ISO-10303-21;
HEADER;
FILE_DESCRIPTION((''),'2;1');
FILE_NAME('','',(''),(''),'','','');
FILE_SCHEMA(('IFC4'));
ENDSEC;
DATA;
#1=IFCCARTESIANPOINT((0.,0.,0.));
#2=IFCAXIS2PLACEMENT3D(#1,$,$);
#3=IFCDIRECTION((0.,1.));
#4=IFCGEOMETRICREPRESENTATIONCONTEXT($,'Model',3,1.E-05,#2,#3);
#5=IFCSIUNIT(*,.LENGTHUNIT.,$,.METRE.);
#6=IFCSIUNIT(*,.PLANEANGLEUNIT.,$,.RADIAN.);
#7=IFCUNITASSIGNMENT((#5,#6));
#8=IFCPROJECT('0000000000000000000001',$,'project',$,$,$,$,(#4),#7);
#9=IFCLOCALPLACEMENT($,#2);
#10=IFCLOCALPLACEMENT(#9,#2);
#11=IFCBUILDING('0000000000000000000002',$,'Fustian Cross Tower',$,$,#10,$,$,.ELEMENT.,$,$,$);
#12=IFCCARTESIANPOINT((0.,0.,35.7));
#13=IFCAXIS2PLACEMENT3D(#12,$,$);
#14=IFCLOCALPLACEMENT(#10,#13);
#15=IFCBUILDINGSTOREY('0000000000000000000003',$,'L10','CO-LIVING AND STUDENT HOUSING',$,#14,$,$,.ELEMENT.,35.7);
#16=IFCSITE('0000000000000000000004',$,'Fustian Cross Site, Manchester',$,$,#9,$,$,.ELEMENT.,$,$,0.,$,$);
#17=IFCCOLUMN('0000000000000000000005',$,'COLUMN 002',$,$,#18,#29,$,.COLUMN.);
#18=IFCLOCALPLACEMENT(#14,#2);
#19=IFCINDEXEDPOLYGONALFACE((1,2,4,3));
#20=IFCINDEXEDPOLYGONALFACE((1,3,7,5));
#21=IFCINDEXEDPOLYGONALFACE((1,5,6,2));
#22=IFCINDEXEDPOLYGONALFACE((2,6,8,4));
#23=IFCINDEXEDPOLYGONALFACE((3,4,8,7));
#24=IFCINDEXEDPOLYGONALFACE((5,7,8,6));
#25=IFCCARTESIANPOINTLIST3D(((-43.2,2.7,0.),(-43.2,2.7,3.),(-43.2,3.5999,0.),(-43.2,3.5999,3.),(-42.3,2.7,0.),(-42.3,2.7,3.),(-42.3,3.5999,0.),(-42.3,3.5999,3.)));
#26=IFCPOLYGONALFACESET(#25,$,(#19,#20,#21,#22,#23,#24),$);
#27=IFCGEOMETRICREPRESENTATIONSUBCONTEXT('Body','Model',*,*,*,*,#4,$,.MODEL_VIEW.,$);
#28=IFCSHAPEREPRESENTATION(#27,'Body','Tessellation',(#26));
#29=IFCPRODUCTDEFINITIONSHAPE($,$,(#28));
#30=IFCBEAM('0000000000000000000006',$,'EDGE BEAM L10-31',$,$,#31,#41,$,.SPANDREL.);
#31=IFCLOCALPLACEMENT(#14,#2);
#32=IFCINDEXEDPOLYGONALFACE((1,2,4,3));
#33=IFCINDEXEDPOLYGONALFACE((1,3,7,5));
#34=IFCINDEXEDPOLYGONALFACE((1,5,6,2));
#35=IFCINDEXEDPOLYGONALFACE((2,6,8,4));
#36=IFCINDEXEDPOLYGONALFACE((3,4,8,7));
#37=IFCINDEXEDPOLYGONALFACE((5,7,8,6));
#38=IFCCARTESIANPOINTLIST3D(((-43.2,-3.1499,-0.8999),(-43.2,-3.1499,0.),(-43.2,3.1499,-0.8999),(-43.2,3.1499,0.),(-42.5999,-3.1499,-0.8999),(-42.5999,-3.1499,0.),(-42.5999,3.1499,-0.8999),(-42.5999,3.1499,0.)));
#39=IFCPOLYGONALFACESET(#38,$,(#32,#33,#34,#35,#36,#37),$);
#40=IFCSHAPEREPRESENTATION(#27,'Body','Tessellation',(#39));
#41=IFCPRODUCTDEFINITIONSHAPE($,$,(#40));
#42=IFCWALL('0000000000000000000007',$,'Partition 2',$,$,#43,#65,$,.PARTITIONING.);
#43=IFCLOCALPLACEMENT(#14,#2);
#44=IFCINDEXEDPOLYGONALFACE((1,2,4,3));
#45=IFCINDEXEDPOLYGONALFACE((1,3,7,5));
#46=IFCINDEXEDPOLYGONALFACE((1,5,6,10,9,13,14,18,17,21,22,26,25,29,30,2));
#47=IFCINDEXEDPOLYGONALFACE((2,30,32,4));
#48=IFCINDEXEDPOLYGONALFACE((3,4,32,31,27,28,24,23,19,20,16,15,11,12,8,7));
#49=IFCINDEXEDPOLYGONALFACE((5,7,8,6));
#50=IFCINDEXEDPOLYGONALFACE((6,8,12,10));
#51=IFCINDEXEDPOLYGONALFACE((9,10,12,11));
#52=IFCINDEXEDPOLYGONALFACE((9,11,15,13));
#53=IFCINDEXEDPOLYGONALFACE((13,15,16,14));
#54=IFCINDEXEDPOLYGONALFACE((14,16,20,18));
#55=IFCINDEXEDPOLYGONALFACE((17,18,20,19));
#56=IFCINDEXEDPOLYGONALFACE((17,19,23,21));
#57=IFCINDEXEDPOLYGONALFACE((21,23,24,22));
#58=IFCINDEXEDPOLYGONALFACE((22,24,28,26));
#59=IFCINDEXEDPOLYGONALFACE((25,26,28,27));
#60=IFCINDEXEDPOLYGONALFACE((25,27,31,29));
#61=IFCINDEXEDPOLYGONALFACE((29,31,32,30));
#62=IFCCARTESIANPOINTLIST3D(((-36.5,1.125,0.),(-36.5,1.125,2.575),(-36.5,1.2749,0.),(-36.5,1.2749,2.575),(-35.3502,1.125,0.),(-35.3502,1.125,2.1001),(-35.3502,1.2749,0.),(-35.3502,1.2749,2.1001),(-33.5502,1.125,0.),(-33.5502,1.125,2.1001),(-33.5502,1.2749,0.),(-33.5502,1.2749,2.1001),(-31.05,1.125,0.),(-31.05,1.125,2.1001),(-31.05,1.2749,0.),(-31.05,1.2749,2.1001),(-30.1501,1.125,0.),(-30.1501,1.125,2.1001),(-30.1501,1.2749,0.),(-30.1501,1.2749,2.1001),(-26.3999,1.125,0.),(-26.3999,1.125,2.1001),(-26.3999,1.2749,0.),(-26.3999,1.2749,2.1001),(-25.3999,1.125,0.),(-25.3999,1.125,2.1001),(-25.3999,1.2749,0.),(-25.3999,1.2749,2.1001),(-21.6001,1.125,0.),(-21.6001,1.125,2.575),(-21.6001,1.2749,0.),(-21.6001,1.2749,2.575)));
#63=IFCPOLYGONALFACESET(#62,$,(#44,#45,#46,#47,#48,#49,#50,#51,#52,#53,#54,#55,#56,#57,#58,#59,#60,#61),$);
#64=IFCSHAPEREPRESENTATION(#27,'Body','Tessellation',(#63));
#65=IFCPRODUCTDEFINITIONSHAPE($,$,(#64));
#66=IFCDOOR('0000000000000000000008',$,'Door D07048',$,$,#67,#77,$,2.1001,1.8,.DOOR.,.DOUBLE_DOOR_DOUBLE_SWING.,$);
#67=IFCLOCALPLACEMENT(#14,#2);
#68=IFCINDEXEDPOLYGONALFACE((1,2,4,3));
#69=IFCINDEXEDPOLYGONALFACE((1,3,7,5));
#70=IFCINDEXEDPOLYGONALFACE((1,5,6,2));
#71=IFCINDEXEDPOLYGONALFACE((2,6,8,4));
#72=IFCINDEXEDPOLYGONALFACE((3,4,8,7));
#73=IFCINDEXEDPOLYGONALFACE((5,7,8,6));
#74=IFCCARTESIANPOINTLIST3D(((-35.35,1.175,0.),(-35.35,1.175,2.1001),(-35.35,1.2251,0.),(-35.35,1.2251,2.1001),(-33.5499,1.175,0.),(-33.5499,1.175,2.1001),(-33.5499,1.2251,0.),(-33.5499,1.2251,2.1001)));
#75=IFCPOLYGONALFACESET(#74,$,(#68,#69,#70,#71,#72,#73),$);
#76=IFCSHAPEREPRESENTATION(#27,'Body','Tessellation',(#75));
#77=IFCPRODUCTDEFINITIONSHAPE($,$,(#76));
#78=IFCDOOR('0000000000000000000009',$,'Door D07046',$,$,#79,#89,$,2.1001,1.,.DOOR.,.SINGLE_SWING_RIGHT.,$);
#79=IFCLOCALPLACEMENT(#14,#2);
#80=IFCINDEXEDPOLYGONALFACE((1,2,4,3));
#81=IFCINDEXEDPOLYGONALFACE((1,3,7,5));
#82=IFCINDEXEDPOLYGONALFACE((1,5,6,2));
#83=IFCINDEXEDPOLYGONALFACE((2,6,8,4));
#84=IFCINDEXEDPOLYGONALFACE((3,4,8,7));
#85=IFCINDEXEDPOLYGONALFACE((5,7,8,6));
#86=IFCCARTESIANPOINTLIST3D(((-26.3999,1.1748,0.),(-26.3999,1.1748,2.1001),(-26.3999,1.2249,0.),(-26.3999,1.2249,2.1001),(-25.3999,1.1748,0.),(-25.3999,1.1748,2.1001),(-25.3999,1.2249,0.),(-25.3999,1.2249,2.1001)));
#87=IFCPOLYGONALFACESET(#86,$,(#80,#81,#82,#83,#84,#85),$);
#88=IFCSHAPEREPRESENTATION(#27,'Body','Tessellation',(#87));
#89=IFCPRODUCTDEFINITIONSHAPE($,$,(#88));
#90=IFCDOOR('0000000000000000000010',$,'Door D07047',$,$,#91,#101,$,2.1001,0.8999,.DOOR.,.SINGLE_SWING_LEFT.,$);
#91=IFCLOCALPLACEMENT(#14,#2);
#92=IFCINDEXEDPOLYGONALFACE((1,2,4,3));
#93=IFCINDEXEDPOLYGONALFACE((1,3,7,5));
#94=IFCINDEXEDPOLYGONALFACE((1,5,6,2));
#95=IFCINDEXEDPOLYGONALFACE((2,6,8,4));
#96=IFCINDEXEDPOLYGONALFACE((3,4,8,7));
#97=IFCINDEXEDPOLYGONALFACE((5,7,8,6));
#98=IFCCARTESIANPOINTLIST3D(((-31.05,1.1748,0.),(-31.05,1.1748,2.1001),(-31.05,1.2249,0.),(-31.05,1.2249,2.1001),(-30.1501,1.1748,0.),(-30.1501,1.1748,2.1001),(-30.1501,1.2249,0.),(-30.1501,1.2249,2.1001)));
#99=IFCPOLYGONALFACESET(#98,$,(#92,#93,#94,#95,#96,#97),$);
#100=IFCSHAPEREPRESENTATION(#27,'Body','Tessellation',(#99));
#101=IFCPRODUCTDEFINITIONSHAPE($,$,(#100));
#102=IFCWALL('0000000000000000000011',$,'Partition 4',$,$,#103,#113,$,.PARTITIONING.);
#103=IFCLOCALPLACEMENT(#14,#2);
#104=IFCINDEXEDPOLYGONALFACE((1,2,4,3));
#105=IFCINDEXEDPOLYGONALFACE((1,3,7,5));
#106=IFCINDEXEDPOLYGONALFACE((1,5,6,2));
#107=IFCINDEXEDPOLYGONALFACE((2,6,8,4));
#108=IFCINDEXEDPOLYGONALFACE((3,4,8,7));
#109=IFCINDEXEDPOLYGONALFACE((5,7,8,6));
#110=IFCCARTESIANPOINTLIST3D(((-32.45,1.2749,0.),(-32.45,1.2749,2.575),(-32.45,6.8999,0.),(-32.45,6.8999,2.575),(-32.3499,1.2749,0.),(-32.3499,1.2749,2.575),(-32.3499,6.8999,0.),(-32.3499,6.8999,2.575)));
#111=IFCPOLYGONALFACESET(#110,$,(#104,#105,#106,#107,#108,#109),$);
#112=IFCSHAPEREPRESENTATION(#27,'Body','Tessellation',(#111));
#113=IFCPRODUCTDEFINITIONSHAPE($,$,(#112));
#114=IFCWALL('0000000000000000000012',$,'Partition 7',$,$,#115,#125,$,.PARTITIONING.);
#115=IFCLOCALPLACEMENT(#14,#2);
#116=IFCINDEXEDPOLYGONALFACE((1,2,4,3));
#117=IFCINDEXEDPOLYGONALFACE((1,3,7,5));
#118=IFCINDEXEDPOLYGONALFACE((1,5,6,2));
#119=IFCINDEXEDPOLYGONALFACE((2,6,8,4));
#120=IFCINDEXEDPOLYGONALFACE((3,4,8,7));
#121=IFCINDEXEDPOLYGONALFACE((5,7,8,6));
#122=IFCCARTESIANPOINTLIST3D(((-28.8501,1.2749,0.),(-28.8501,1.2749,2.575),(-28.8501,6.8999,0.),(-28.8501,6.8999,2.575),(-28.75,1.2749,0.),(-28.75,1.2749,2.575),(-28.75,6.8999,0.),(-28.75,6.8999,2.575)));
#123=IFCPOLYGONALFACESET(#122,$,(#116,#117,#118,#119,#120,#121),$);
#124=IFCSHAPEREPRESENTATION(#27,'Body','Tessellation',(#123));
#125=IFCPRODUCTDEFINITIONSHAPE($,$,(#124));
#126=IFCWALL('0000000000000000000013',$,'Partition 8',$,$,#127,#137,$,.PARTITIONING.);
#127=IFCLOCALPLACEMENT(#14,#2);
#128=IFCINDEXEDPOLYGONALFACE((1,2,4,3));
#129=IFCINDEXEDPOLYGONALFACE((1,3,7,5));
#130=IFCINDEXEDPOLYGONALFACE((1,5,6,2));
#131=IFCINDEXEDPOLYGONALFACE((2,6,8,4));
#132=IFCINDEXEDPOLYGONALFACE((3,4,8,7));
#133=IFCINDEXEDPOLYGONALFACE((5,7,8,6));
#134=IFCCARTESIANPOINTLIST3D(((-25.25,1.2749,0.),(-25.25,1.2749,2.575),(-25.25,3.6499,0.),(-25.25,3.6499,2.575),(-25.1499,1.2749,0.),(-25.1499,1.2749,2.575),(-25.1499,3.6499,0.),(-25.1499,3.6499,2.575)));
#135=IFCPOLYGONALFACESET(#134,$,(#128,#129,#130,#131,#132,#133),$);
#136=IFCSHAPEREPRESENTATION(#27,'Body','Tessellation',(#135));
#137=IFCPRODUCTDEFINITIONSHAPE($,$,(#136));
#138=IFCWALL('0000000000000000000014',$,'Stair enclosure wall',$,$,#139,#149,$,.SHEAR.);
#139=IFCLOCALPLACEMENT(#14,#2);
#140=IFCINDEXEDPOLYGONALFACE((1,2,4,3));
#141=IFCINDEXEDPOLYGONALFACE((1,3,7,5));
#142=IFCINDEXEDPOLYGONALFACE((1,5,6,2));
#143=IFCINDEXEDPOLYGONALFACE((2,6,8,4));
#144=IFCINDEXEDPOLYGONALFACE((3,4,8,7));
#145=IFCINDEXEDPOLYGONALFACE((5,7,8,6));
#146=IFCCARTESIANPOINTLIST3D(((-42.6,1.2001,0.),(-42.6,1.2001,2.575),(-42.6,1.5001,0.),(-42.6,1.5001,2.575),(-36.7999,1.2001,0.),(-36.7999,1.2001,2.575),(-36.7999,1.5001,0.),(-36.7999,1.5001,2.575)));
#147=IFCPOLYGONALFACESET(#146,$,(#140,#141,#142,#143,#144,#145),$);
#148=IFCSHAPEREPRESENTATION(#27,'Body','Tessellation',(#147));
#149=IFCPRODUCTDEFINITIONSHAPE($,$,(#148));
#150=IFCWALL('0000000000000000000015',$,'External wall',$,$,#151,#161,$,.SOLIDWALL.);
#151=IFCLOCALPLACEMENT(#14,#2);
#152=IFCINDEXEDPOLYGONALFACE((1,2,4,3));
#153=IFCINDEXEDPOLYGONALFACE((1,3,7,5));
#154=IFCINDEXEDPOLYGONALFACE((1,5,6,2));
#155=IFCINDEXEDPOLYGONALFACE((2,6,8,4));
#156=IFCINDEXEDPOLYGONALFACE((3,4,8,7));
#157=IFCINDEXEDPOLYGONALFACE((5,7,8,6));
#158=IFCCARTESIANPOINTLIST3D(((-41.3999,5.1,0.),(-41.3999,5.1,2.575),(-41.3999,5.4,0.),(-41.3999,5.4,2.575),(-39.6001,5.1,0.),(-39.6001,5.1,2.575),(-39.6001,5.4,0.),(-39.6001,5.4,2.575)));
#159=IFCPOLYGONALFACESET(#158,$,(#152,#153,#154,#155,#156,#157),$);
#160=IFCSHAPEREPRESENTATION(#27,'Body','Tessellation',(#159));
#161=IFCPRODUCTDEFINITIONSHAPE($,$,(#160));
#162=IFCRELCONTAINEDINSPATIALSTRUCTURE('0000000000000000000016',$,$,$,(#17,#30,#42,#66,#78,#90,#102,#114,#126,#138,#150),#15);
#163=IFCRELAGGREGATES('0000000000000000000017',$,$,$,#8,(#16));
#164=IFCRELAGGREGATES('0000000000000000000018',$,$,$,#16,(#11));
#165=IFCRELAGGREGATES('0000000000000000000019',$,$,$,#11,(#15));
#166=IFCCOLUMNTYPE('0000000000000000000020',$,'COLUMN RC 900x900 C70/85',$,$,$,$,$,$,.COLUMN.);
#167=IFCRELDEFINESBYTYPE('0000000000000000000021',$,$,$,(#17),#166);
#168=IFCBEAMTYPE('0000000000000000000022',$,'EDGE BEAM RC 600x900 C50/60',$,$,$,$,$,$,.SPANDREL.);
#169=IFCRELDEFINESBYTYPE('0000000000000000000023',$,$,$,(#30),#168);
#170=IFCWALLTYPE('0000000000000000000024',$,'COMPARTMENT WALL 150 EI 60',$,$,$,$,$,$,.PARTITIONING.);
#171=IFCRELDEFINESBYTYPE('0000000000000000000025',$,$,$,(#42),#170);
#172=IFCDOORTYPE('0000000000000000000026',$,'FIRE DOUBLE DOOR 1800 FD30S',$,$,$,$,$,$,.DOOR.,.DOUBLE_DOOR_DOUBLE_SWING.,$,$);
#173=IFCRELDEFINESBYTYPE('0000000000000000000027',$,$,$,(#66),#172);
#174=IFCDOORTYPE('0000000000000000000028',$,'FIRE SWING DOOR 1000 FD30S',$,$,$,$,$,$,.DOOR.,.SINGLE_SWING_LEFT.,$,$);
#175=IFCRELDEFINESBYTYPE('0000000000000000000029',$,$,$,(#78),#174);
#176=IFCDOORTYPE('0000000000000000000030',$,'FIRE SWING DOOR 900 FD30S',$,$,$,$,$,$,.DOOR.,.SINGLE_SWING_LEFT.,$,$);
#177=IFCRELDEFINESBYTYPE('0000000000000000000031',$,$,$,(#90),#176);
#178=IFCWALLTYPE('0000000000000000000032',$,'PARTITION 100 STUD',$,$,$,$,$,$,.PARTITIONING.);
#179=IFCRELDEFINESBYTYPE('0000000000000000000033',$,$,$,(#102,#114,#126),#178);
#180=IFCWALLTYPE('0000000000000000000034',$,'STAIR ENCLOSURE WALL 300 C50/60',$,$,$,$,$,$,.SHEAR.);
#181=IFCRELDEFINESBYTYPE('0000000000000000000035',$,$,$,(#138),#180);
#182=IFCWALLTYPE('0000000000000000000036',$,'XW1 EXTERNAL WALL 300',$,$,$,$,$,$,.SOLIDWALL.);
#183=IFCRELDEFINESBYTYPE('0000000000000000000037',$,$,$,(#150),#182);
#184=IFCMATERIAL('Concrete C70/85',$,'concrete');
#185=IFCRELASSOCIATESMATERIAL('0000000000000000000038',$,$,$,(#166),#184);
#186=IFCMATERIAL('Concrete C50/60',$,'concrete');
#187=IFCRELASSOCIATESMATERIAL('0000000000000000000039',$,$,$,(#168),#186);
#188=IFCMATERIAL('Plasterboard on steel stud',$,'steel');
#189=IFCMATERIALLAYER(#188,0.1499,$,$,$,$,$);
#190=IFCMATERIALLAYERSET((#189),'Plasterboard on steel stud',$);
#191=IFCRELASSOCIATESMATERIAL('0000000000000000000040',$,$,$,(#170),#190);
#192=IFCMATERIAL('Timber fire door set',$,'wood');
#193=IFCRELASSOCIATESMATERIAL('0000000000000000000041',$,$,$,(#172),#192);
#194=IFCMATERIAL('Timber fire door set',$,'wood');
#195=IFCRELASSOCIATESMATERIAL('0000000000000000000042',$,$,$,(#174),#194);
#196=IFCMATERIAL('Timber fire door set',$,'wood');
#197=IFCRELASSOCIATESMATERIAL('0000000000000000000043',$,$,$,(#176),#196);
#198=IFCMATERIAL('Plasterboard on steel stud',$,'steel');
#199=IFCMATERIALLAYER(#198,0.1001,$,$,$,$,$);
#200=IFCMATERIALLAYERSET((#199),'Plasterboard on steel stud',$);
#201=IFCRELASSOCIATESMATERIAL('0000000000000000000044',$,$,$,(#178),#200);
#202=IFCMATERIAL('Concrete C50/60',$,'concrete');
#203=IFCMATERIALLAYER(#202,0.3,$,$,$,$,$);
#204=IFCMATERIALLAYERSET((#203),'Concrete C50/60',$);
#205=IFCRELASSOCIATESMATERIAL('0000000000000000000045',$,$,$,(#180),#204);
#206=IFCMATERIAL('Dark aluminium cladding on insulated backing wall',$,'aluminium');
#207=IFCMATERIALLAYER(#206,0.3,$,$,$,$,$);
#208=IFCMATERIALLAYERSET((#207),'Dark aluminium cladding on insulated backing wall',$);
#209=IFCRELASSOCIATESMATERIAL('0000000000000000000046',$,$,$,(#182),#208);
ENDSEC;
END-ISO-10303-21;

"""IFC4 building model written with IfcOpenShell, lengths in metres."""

from ifc_helpers import new_model, si_unit, direction, frame, frame_2d, origin, origin_2d, place, context, subcontext, project, spatial, rectangle, extrude, material, layer, layer_set, material_profile, profile_set, type_object, element, fill, save


model = new_model("IFC4")

# Units and contexts
model_context = context("Model", 3, precision=1e-05, world=origin(), true_north=direction((0.0, 1.0)))
body_context = subcontext(model_context, "Body", "Model", "MODEL_VIEW")
ifc_project = project(units=[si_unit("LENGTHUNIT", "METRE"), si_unit("PLANEANGLEUNIT", "RADIAN")], contexts=[model_context])

# Site, building, storey
site_placement = place(None, origin())
site = spatial("IfcSite", under=ifc_project, at=site_placement, Name="Fustian Cross Site, Manchester", CompositionType="ELEMENT", RefElevation=0.0)
building_placement = place(site_placement, origin())
building = spatial("IfcBuilding", under=site, at=building_placement, Name="Fustian Cross Tower", CompositionType="ELEMENT")
storey_placement = place(building_placement, frame((0.0, 0.0, 35.7)))
storey = spatial("IfcBuildingStorey", under=building, at=storey_placement, Name="L10", Description="CO-LIVING AND STUDENT HOUSING", CompositionType="ELEMENT", Elevation=35.7)

# Column
ifc_material_1 = material(Name="Concrete C70/85", Category="concrete")
ifc_material_profile_1 = material_profile(ifc_material_1, rectangle(XDim=0.8999, YDim=0.8999, at=origin_2d()), Name="RC 900x900")
ifc_profile_set_1 = profile_set([ifc_material_profile_1], Name="Concrete C70/85")
column_type = type_object("IfcColumnType", Name="COLUMN RC 900x900 C70/85", PredefinedType="COLUMN", material=ifc_profile_set_1)
column_placement = place(storey_placement, frame((-42.75, 3.1499, 0.0), z_axis=(0.0, 0.0, 1.0), x_axis=(1.0, 0.0, 0.0)))
element("IfcColumn", 1, at=column_placement, inside=storey, type_object=column_type, Name="COLUMN 002", PredefinedType="COLUMN", context=body_context, shape_type="SweptSolid", body=[
    extrude(rectangle(XDim=0.8999, YDim=0.8999, at=origin_2d()), origin(), (0.0, 0.0, 1.0), 3.0),
])

# Beam
ifc_material_2 = material(Name="Concrete C50/60", Category="concrete")
ifc_material_profile_2 = material_profile(ifc_material_2, rectangle(XDim=0.6001, YDim=0.8999, at=origin_2d()), Name="RC 600x900")
ifc_profile_set_2 = profile_set([ifc_material_profile_2], Name="Concrete C50/60")
beam_type = type_object("IfcBeamType", Name="EDGE BEAM RC 600x900 C50/60", PredefinedType="SPANDREL", material=ifc_profile_set_2)
beam_placement = place(storey_placement, frame((-42.8999, 3.1499, -0.45), z_axis=(0.0, -1.0, 0.0), x_axis=(1.0, 0.0, 0.0)))
element("IfcBeam", 2, at=beam_placement, inside=storey, type_object=beam_type, Name="EDGE BEAM L10-31", PredefinedType="SPANDREL", context=body_context, shape_type="SweptSolid", body=[
    extrude(rectangle(XDim=0.6001, YDim=0.8999, at=origin_2d()), origin(), (0.0, 0.0, 1.0), 6.2998),
])

# Wall, openings, doors
ifc_material_3 = material(Name="Plasterboard on steel stud", Category="steel")
ifc_layer_1 = layer(ifc_material_3, 0.1499)
ifc_layer_set_1 = layer_set([ifc_layer_1], Name="Plasterboard on steel stud")
wall_type_1 = type_object("IfcWallType", Name="COMPARTMENT WALL 150 EI 60", PredefinedType="PARTITIONING", material=ifc_layer_set_1)
wall_1_placement = place(storey_placement, frame((-36.5, 1.2, 0.0), z_axis=(0.0, 0.0, 1.0), x_axis=(1.0, 0.0, 0.0)))
wall_1 = element("IfcWall", 3, at=wall_1_placement, inside=storey, type_object=wall_type_1, Name="Partition 2", PredefinedType="PARTITIONING", context=body_context, shape_type="SweptSolid", body=[
    extrude(rectangle(XDim=14.8999, YDim=0.1499, at=frame_2d((7.45, 0.0))), origin(), (0.0, 0.0, 1.0), 2.575),
])
opening_1_placement = place(wall_1_placement, frame((10.1001, 0.0, 0.0)))
opening_1 = element("IfcOpeningElement", 4, at=opening_1_placement, cuts=wall_1, PredefinedType="OPENING", context=body_context, shape_type="SweptSolid", body=[
    extrude(rectangle(XDim=1.0, YDim=2.1001, at=frame_2d((0.5, 1.05))), frame((0.0, 0.085, 0.0), z_axis=(0.0, -1.0, 0.0), x_axis=(1.0, 0.0, 0.0)), (0.0, 0.0, 1.0), 0.1699),
])
opening_2_placement = place(wall_1_placement, frame((5.45, 0.0, 0.0)))
opening_2 = element("IfcOpeningElement", 5, at=opening_2_placement, cuts=wall_1, PredefinedType="OPENING", context=body_context, shape_type="SweptSolid", body=[
    extrude(rectangle(XDim=0.8999, YDim=2.1001, at=frame_2d((0.45, 1.05))), frame((0.0, 0.085, 0.0), z_axis=(0.0, -1.0, 0.0), x_axis=(1.0, 0.0, 0.0)), (0.0, 0.0, 1.0), 0.1699),
])
opening_3_placement = place(wall_1_placement, frame((1.1499, 0.0, 0.0)))
opening_3 = element("IfcOpeningElement", 6, at=opening_3_placement, cuts=wall_1, PredefinedType="OPENING", context=body_context, shape_type="SweptSolid", body=[
    extrude(rectangle(XDim=1.8, YDim=2.1001, at=frame_2d((0.8999, 1.05))), frame((0.0, 0.085, 0.0), z_axis=(0.0, -1.0, 0.0), x_axis=(1.0, 0.0, 0.0)), (0.0, 0.0, 1.0), 0.1699),
])
ifc_material_4 = material(Name="Timber fire door set", Category="wood")
door_type_1 = type_object("IfcDoorType", Name="FIRE DOUBLE DOOR 1800 FD30S", OperationType="DOUBLE_DOOR_DOUBLE_SWING", PredefinedType="DOOR", material=ifc_material_4)
door_1_placement = place(opening_3_placement, frame((1.8, 0.0, 0.0), z_axis=(0.0, 0.0, 1.0), x_axis=(-1.0, 0.0, 0.0)))
door_1 = element("IfcDoor", 7, at=door_1_placement, inside=storey, type_object=door_type_1, Name="Door D07048", OperationType="DOUBLE_DOOR_DOUBLE_SWING", OverallHeight=2.1001, OverallWidth=1.8, PredefinedType="DOOR", context=body_context, shape_type="SweptSolid", body=[
    extrude(rectangle(XDim=1.8, YDim=2.1001, at=frame_2d((0.8999, 1.05))), frame((0.0, 0.0249, 0.0), z_axis=(0.0, -1.0, 0.0), x_axis=(1.0, 0.0, 0.0)), (0.0, 0.0, 1.0), 0.05),
])
fill(opening_3, door_1)
ifc_material_5 = material(Name="Timber fire door set", Category="wood")
door_type_2 = type_object("IfcDoorType", Name="FIRE SWING DOOR 1000 FD30S", OperationType="SINGLE_SWING_LEFT", PredefinedType="DOOR", material=ifc_material_5)
door_2_placement = place(opening_1_placement, origin())
door_2 = element("IfcDoor", 8, at=door_2_placement, inside=storey, type_object=door_type_2, Name="Door D07046", OperationType="SINGLE_SWING_RIGHT", OverallHeight=2.1001, OverallWidth=1.0, PredefinedType="DOOR", context=body_context, shape_type="SweptSolid", body=[
    extrude(rectangle(XDim=1.0, YDim=2.1001, at=frame_2d((0.5, 1.05))), frame((0.0, 0.0249, 0.0), z_axis=(0.0, -1.0, 0.0), x_axis=(1.0, 0.0, 0.0)), (0.0, 0.0, 1.0), 0.05),
])
fill(opening_1, door_2)
ifc_material_6 = material(Name="Timber fire door set", Category="wood")
door_type_3 = type_object("IfcDoorType", Name="FIRE SWING DOOR 900 FD30S", OperationType="SINGLE_SWING_LEFT", PredefinedType="DOOR", material=ifc_material_6)
door_3_placement = place(opening_2_placement, origin())
door_3 = element("IfcDoor", 9, at=door_3_placement, inside=storey, type_object=door_type_3, Name="Door D07047", OperationType="SINGLE_SWING_LEFT", OverallHeight=2.1001, OverallWidth=0.8999, PredefinedType="DOOR", context=body_context, shape_type="SweptSolid", body=[
    extrude(rectangle(XDim=0.8999, YDim=2.1001, at=frame_2d((0.45, 1.05))), frame((0.0, 0.0249, 0.0), z_axis=(0.0, -1.0, 0.0), x_axis=(1.0, 0.0, 0.0)), (0.0, 0.0, 1.0), 0.05),
])
fill(opening_2, door_3)

# Walls
ifc_material_7 = material(Name="Plasterboard on steel stud", Category="steel")
ifc_layer_2 = layer(ifc_material_7, 0.1001)
ifc_layer_set_2 = layer_set([ifc_layer_2], Name="Plasterboard on steel stud")
wall_type_2 = type_object("IfcWallType", Name="PARTITION 100 STUD", PredefinedType="PARTITIONING", material=ifc_layer_set_2)
for number, where, z_axis, x_axis, name in (
    (10, (-32.3999, 1.2749, 0.0), (0.0, 0.0, 1.0), (0.0, 1.0, 0.0), "Partition 4"),
    (11, (-28.8, 1.2749, 0.0), (0.0, 0.0, 1.0), (0.0, 1.0, 0.0), "Partition 7"),
):
    element("IfcWall", number, at=place(storey_placement, frame(where, z_axis=z_axis, x_axis=x_axis)), inside=storey, type_object=wall_type_2, Name=name, PredefinedType="PARTITIONING", context=body_context, shape_type="SweptSolid", body=[
        extrude(rectangle(XDim=5.625, YDim=0.1001, at=frame_2d((2.8125, 0.0))), origin(), (0.0, 0.0, 1.0), 2.575),
    ])
wall_2_placement = place(storey_placement, frame((-25.2, 1.2749, 0.0), z_axis=(0.0, 0.0, 1.0), x_axis=(0.0, 1.0, 0.0)))
element("IfcWall", 12, at=wall_2_placement, inside=storey, type_object=wall_type_2, Name="Partition 8", PredefinedType="PARTITIONING", context=body_context, shape_type="SweptSolid", body=[
    extrude(rectangle(XDim=2.375, YDim=0.1001, at=frame_2d((1.1875, 0.0))), origin(), (0.0, 0.0, 1.0), 2.575),
])
ifc_material_8 = material(Name="Concrete C50/60", Category="concrete")
ifc_layer_3 = layer(ifc_material_8, 0.3)
ifc_layer_set_3 = layer_set([ifc_layer_3], Name="Concrete C50/60")
wall_type_3 = type_object("IfcWallType", Name="STAIR ENCLOSURE WALL 300 C50/60", PredefinedType="SHEAR", material=ifc_layer_set_3)
wall_3_placement = place(storey_placement, frame((-36.8, 1.3501, 0.0), z_axis=(0.0, 0.0, 1.0), x_axis=(-1.0, 0.0, 0.0)))
element("IfcWall", 13, at=wall_3_placement, inside=storey, type_object=wall_type_3, Name="Stair enclosure wall", PredefinedType="SHEAR", context=body_context, shape_type="SweptSolid", body=[
    extrude(rectangle(XDim=5.8, YDim=0.3, at=frame_2d((2.8999, 0.0))), origin(), (0.0, 0.0, 1.0), 2.575),
])
ifc_material_9 = material(Name="Dark aluminium cladding on insulated backing wall", Category="aluminium")
ifc_layer_4 = layer(ifc_material_9, 0.3)
ifc_layer_set_4 = layer_set([ifc_layer_4], Name="Dark aluminium cladding on insulated backing wall")
wall_type_4 = type_object("IfcWallType", Name="XW1 EXTERNAL WALL 300", PredefinedType="SOLIDWALL", material=ifc_layer_set_4)
wall_4_placement = place(storey_placement, frame((-39.6001, 5.25, 0.0), z_axis=(0.0, 0.0, 1.0), x_axis=(-1.0, 0.0, 0.0)))
element("IfcWall", 14, at=wall_4_placement, inside=storey, type_object=wall_type_4, Name="External wall", PredefinedType="SOLIDWALL", context=body_context, shape_type="SweptSolid", body=[
    extrude(rectangle(XDim=1.7998, YDim=0.3, at=frame_2d((0.8999, 0.0))), origin(), (0.0, 0.0, 1.0), 2.575),
])

save(model, "model.ifc")
